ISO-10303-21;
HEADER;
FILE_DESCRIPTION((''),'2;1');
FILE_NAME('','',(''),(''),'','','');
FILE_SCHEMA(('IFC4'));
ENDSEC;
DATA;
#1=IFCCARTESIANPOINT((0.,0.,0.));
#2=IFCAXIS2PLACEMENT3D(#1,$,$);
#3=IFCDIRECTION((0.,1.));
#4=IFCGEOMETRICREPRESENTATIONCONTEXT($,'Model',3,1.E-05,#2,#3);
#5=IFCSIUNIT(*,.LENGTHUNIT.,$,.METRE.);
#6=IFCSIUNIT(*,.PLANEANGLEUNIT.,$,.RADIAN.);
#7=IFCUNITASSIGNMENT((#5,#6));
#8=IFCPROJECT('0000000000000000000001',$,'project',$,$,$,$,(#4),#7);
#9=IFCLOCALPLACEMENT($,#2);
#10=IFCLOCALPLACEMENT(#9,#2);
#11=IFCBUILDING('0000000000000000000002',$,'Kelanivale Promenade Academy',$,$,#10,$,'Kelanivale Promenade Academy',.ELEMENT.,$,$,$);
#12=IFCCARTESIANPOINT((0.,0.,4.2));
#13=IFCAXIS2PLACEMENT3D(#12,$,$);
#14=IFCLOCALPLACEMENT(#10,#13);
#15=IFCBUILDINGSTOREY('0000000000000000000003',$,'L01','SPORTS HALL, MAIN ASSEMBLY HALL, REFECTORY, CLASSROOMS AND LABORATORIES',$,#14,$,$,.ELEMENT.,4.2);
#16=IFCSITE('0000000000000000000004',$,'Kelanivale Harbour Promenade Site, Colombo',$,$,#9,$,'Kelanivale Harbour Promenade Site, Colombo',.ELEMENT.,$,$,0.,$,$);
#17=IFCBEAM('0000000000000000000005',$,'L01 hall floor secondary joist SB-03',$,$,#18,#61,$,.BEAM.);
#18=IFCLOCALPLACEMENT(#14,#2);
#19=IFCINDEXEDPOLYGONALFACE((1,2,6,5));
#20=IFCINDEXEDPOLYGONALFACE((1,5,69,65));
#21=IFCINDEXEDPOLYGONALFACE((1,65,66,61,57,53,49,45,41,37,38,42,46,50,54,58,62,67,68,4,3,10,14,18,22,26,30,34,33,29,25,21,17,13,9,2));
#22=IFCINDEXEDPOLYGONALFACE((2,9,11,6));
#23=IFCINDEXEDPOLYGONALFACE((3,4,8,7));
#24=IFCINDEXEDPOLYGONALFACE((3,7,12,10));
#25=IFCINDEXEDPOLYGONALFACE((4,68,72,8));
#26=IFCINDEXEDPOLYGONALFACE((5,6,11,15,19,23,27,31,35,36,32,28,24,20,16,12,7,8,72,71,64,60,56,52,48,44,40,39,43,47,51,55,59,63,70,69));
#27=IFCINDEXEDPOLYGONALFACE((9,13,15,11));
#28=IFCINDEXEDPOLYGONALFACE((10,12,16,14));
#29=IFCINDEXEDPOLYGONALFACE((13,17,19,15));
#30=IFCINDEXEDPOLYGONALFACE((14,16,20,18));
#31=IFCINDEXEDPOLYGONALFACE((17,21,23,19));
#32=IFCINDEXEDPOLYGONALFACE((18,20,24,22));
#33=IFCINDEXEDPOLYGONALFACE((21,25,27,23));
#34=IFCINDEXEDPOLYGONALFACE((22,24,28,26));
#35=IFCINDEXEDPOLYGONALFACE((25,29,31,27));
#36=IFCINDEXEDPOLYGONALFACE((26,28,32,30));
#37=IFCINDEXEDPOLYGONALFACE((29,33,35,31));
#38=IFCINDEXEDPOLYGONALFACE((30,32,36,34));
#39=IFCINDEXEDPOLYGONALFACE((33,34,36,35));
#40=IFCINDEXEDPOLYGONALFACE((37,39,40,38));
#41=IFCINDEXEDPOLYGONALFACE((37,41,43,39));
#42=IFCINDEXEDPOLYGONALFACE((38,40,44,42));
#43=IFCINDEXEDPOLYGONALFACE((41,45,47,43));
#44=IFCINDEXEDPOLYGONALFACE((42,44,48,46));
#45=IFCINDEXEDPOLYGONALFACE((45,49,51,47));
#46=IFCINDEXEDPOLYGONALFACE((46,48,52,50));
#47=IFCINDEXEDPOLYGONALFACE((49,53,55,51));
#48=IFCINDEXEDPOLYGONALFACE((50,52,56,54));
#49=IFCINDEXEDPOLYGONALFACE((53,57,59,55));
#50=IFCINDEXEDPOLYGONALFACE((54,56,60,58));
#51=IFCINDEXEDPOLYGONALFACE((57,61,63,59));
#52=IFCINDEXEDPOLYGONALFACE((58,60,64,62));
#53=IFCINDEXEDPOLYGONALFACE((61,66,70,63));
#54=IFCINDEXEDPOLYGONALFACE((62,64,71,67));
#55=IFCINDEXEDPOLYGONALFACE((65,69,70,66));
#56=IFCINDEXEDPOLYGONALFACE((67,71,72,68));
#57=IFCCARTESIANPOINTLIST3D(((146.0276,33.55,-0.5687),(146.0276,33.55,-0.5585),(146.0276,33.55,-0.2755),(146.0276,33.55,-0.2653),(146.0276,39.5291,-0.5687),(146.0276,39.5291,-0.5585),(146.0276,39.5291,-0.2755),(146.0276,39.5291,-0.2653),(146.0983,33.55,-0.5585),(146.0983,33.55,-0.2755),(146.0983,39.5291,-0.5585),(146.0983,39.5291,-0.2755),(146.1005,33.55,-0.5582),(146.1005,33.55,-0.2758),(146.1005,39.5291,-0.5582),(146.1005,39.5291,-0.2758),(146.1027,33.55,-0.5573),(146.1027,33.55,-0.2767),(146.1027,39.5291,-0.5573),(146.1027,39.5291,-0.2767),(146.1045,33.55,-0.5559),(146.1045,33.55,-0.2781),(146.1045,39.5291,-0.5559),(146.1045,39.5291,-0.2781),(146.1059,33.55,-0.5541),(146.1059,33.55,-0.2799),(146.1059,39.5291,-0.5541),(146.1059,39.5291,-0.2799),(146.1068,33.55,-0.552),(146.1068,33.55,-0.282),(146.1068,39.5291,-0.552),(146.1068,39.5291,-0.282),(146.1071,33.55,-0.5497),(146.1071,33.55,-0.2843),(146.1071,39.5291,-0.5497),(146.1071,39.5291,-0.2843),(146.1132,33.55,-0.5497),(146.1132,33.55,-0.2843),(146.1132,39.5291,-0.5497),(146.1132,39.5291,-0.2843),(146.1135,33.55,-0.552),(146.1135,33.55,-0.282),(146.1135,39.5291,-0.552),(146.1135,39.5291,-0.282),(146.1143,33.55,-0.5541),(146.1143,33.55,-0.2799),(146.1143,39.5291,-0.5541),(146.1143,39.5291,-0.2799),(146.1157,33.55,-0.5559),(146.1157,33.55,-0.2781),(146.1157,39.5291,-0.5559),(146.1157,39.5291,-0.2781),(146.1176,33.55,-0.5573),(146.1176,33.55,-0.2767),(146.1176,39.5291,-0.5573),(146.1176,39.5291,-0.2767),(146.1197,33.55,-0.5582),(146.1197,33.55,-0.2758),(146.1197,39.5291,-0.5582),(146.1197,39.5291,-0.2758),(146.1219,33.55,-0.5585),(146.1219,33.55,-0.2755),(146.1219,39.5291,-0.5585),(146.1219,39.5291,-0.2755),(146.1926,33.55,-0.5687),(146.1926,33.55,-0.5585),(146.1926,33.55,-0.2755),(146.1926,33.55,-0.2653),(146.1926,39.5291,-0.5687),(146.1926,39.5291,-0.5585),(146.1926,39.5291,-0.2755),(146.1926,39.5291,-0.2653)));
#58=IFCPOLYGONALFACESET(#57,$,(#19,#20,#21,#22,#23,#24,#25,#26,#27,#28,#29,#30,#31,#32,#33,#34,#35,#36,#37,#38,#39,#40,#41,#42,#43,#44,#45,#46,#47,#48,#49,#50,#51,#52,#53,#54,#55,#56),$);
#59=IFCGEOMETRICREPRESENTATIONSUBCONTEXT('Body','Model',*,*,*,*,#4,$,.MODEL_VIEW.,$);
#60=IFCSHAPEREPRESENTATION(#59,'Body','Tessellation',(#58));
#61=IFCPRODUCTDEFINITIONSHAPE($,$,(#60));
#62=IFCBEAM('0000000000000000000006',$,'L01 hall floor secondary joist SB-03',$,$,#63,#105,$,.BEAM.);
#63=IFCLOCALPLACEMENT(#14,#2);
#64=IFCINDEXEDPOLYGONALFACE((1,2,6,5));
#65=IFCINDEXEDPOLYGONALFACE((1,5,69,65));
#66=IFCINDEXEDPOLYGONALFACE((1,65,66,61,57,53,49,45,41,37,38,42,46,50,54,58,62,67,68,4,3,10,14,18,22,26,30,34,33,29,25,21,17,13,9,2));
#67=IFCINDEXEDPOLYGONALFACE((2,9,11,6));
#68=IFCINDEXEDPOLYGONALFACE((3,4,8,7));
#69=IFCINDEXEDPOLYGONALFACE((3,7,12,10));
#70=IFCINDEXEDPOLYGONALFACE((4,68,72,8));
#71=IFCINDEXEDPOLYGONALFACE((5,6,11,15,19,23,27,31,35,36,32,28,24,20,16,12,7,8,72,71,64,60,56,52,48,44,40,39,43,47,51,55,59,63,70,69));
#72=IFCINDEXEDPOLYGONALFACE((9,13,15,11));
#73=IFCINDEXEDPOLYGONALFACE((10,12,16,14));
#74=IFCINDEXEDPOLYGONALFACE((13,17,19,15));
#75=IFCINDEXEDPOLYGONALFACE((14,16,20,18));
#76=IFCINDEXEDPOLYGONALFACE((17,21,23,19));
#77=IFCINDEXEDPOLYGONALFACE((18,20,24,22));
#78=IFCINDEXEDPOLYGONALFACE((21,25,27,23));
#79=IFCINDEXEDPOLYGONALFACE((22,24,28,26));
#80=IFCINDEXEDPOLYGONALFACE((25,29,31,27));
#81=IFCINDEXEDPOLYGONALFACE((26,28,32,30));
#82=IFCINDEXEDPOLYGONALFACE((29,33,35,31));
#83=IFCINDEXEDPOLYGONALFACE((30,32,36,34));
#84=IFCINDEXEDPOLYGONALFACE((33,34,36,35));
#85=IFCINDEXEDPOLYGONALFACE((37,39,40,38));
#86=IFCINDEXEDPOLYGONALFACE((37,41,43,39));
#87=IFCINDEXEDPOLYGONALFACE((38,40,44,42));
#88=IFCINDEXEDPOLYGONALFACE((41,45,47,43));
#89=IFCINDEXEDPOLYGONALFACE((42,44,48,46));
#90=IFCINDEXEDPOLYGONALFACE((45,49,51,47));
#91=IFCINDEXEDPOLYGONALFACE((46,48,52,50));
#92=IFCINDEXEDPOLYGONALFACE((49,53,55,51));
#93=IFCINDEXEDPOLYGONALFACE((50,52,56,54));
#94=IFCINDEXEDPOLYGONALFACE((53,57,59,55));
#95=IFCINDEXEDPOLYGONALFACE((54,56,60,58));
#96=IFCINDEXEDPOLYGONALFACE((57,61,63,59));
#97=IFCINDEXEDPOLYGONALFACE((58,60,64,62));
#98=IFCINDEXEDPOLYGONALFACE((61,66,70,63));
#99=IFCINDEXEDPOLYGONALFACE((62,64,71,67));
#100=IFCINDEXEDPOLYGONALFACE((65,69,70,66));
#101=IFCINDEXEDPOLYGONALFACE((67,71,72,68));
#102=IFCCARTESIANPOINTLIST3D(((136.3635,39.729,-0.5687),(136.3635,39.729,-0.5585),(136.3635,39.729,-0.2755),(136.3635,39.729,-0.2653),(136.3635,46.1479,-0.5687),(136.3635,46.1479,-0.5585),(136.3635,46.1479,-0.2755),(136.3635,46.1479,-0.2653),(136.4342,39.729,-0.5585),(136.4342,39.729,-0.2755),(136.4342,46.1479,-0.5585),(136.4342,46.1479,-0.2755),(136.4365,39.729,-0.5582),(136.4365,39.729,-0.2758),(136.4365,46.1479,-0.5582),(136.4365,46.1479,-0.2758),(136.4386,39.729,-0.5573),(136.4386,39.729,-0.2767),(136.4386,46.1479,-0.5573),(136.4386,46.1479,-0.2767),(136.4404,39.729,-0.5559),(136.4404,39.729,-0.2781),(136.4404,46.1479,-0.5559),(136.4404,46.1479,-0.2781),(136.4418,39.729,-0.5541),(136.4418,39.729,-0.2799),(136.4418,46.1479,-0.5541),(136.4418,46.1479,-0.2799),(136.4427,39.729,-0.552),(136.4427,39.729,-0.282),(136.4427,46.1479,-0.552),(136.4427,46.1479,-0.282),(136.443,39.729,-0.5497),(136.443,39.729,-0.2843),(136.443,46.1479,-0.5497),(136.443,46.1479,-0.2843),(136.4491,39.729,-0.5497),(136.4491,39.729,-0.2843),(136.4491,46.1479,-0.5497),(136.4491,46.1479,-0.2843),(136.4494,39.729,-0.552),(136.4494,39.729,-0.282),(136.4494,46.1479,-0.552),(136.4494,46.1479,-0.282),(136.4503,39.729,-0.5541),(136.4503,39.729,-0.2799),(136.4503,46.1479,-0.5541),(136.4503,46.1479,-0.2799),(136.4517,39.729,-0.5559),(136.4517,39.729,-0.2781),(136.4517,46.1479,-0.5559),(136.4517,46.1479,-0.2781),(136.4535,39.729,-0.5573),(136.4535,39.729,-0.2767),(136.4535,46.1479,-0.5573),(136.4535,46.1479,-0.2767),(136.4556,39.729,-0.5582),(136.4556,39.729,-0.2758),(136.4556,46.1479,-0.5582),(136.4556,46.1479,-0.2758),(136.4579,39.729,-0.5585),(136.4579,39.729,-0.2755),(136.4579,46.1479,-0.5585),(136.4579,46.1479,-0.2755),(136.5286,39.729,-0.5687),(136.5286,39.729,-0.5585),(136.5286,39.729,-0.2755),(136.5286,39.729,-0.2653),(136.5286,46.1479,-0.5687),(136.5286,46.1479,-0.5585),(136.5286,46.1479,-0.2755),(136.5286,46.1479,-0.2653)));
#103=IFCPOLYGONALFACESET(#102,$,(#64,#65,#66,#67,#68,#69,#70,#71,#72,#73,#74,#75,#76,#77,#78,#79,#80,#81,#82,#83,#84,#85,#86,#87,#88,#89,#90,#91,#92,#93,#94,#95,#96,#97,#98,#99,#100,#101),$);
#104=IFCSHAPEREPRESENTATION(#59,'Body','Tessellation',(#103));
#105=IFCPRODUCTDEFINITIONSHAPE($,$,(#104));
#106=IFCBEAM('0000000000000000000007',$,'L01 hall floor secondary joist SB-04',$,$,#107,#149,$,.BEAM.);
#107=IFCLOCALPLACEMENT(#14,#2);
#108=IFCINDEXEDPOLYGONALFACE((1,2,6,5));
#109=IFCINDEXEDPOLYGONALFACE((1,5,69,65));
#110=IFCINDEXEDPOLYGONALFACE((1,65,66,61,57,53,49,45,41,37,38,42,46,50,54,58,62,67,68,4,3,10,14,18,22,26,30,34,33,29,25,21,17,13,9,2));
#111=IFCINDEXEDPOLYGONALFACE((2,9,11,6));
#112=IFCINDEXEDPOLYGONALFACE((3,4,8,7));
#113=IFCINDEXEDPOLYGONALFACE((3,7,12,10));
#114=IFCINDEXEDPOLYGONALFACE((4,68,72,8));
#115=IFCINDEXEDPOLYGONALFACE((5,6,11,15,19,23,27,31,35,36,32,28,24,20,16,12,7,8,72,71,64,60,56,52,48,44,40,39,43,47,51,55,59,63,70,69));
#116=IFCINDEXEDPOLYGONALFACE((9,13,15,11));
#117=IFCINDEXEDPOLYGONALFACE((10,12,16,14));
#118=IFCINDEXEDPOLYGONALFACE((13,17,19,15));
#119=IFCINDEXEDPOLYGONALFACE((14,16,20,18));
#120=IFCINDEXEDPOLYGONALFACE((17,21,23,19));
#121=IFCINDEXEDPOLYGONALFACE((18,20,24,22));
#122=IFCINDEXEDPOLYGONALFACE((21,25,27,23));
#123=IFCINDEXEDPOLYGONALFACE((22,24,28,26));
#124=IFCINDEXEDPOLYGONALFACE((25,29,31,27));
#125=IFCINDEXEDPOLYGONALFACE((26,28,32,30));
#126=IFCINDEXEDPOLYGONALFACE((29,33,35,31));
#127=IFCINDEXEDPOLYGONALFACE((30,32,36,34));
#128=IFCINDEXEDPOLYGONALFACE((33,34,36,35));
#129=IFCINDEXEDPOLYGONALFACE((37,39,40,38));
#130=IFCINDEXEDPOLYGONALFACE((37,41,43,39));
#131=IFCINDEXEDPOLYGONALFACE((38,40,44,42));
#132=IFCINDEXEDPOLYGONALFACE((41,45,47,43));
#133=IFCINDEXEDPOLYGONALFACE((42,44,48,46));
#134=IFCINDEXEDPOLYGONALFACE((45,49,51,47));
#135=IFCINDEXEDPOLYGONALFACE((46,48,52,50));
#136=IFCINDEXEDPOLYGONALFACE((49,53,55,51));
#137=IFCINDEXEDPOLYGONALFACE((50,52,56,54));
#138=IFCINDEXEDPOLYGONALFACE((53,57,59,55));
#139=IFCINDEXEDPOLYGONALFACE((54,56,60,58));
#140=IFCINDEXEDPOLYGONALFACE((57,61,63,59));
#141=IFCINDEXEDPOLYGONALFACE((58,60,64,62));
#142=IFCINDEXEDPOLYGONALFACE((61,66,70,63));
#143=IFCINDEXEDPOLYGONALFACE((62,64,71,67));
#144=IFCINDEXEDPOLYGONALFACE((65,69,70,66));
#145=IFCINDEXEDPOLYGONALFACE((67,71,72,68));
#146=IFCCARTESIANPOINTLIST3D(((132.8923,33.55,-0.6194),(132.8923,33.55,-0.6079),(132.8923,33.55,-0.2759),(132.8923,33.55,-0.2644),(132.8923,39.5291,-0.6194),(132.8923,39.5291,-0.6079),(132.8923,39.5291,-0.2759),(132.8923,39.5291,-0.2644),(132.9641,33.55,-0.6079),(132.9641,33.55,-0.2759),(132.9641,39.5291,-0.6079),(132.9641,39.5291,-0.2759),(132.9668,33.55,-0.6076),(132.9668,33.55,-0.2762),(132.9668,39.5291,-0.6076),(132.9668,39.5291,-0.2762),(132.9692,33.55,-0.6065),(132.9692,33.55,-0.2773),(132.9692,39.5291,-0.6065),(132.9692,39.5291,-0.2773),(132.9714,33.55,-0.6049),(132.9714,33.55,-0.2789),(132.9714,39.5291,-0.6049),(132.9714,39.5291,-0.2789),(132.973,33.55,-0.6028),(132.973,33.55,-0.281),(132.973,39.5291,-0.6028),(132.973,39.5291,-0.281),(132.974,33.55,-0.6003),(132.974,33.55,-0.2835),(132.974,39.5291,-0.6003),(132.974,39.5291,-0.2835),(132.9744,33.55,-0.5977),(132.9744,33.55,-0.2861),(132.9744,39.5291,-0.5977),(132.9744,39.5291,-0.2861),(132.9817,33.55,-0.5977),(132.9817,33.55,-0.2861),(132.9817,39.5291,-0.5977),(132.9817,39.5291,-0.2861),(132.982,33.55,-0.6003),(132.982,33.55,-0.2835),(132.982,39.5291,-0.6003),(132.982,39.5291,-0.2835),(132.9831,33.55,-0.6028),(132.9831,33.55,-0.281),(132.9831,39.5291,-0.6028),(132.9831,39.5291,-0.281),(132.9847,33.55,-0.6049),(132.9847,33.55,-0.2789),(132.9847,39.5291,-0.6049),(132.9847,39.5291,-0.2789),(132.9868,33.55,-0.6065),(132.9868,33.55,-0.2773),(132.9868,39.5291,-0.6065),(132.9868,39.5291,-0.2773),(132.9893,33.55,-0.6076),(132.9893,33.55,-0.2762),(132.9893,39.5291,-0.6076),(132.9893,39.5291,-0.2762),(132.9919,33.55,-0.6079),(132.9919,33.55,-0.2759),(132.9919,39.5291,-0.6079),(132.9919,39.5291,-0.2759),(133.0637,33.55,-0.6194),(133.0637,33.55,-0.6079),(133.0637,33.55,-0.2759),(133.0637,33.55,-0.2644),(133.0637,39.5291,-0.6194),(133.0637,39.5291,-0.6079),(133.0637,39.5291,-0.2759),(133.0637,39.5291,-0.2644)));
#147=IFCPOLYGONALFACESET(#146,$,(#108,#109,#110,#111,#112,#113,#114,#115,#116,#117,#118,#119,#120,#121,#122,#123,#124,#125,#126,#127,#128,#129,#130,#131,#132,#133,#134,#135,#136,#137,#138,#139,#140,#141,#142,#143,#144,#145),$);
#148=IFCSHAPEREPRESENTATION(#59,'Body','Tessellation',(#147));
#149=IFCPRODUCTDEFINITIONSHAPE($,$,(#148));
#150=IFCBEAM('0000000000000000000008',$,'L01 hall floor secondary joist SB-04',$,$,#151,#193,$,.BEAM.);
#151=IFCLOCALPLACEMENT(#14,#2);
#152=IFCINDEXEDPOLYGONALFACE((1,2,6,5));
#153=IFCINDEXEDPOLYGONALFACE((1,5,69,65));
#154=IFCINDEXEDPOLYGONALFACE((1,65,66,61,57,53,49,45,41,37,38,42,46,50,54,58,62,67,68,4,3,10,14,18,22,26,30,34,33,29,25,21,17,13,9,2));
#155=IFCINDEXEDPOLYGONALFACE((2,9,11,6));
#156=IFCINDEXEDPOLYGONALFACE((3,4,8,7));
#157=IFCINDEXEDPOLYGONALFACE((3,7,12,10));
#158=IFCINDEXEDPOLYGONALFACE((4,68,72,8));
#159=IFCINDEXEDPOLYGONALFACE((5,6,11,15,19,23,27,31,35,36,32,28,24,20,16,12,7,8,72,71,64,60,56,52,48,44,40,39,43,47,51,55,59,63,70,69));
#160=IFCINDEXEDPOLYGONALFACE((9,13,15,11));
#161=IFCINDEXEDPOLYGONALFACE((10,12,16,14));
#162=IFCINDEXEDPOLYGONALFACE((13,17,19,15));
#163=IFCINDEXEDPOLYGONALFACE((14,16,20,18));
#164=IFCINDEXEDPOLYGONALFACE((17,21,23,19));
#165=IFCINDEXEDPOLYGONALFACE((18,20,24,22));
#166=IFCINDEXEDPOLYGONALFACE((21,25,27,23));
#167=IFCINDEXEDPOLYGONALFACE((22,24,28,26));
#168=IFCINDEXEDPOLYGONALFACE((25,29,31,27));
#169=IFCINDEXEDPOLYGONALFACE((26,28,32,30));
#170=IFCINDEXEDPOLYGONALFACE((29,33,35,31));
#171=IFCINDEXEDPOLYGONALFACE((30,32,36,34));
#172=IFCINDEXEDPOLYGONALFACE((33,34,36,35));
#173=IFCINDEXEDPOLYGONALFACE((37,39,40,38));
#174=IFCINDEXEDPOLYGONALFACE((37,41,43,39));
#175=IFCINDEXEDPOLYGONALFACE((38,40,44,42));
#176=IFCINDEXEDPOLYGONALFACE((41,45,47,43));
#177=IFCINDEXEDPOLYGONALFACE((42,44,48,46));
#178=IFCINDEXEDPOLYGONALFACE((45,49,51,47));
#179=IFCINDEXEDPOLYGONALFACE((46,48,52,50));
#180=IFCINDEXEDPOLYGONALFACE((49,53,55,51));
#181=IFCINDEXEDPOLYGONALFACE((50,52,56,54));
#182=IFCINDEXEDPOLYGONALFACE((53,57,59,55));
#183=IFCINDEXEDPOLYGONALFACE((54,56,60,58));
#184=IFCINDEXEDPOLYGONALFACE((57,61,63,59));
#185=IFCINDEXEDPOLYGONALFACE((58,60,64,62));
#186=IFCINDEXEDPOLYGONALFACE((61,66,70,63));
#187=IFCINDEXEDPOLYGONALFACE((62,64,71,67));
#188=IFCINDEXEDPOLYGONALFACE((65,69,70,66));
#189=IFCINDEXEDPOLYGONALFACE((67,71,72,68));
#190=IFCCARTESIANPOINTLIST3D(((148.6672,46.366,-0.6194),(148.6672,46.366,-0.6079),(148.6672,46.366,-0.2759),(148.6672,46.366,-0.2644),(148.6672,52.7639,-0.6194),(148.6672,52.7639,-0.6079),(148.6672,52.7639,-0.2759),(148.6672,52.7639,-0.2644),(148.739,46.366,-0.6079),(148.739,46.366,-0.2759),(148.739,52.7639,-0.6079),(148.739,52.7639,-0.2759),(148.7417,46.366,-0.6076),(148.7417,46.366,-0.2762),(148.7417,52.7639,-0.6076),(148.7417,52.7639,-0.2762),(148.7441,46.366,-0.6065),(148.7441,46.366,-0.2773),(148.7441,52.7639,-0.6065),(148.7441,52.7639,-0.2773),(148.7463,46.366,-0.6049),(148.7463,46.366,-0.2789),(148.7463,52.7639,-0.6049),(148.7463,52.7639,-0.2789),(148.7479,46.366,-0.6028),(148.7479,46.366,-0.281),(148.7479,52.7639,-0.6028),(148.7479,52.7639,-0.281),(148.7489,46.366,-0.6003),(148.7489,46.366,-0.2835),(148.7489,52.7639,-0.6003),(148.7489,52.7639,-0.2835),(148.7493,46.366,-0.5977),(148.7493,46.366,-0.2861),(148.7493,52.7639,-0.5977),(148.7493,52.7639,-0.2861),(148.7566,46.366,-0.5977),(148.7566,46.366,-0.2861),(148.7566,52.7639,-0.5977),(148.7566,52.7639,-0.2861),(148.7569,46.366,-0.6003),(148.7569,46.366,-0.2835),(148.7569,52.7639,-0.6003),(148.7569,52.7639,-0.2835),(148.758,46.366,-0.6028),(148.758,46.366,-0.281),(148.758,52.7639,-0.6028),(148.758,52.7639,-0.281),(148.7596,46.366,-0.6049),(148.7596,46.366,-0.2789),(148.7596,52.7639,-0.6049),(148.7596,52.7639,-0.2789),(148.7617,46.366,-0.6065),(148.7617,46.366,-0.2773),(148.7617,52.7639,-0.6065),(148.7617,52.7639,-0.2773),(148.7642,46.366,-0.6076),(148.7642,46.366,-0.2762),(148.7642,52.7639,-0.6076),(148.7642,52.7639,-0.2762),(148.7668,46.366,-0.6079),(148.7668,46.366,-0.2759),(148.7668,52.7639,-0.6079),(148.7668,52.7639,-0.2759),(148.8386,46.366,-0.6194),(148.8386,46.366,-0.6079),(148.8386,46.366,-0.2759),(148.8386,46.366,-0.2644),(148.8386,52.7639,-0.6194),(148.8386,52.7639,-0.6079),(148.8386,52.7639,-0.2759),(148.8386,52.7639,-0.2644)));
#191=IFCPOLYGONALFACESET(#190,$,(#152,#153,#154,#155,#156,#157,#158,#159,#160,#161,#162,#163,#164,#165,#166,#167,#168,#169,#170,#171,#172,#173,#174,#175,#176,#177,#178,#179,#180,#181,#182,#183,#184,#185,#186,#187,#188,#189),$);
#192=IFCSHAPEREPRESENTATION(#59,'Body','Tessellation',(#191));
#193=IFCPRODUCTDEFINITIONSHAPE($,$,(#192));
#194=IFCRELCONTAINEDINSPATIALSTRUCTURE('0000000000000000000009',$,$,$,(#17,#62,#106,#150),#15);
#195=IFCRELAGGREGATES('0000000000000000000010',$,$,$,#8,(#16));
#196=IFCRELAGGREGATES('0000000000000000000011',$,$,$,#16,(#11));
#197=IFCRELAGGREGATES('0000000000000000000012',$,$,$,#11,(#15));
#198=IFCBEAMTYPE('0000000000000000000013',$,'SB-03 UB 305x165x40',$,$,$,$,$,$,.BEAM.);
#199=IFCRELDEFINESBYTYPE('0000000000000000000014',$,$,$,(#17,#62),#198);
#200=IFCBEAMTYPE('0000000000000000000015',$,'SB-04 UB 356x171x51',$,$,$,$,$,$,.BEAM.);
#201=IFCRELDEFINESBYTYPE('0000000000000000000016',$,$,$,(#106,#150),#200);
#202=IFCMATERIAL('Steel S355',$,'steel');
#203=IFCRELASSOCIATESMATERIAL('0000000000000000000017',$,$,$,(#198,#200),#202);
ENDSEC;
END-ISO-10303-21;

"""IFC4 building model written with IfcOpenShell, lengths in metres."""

from ifc_helpers import new_model, si_unit, direction, frame, origin, origin_2d, place, context, subcontext, project, spatial, i_section, extrude, material, material_profile, profile_set, type_object, element, save


model = new_model("IFC4")

# Units and contexts
model_context = context("Model", 3, precision=1e-05, world=origin(), true_north=direction((0.0, 1.0)))
body_context = subcontext(model_context, "Body", "Model", "MODEL_VIEW")
ifc_project = project(units=[si_unit("LENGTHUNIT", "METRE"), si_unit("PLANEANGLEUNIT", "RADIAN")], contexts=[model_context])

# Site, building, storey
site_placement = place(None, origin())
site = spatial("IfcSite", under=ifc_project, at=site_placement, Name="Kelanivale Harbour Promenade Site, Colombo", LongName="Kelanivale Harbour Promenade Site, Colombo", CompositionType="ELEMENT", RefElevation=0.0)
building_placement = place(site_placement, origin())
building = spatial("IfcBuilding", under=site, at=building_placement, Name="Kelanivale Promenade Academy", LongName="Kelanivale Promenade Academy", CompositionType="ELEMENT")
storey_placement = place(building_placement, frame((0.0, 0.0, 4.2)))
storey = spatial("IfcBuildingStorey", under=building, at=storey_placement, Name="L01", Description="SPORTS HALL, MAIN ASSEMBLY HALL, REFECTORY, CLASSROOMS AND LABORATORIES", CompositionType="ELEMENT", Elevation=4.2)

# Shared definitions
ifc_material_1 = material(Name="Steel S355", Category="steel")

# Beams
ifc_material_profile_1 = material_profile(ifc_material_1, i_section(OverallWidth=0.165, OverallDepth=0.3035, WebThickness=0.0061, FlangeThickness=0.0103, FilletRadius=0.0088, at=origin_2d()), Name="UB 305x165x40")
ifc_profile_set_1 = profile_set([ifc_material_profile_1], Name="Steel S355")
beam_type_1 = type_object("IfcBeamType", Name="SB-03 UB 305x165x40", PredefinedType="BEAM", material=ifc_profile_set_1)
beam_1_placement = place(storey_placement, frame((146.1101, 33.55, -0.417), z_axis=(0.0, 1.0, 0.0), x_axis=(-1.0, 0.0, 0.0)))
element("IfcBeam", 1, at=beam_1_placement, inside=storey, type_object=beam_type_1, Name="L01 hall floor secondary joist SB-03", PredefinedType="BEAM", context=body_context, shape_type="SweptSolid", body=[
    extrude(i_section(OverallWidth=0.165, OverallDepth=0.3035, WebThickness=0.0061, FlangeThickness=0.0103, FilletRadius=0.0088, at=origin_2d()), origin(), (0.0, 0.0, 1.0), 5.979),
])
beam_2_placement = place(storey_placement, frame((136.446, 39.729, -0.417), z_axis=(0.0, 1.0, 0.0), x_axis=(-1.0, 0.0, 0.0)))
element("IfcBeam", 2, at=beam_2_placement, inside=storey, type_object=beam_type_1, Name="L01 hall floor secondary joist SB-03", PredefinedType="BEAM", context=body_context, shape_type="SweptSolid", body=[
    extrude(i_section(OverallWidth=0.165, OverallDepth=0.3035, WebThickness=0.0061, FlangeThickness=0.0103, FilletRadius=0.0088, at=origin_2d()), origin(), (0.0, 0.0, 1.0), 6.4189),
])
ifc_material_profile_2 = material_profile(ifc_material_1, i_section(OverallWidth=0.1714, OverallDepth=0.355, WebThickness=0.0073, FlangeThickness=0.0115, FilletRadius=0.0103, at=origin_2d()), Name="UB 356x171x51")
ifc_profile_set_2 = profile_set([ifc_material_profile_2], Name="Steel S355")
beam_type_2 = type_object("IfcBeamType", Name="SB-04 UB 356x171x51", PredefinedType="BEAM", material=ifc_profile_set_2)
beam_3_placement = place(storey_placement, frame((132.978, 33.55, -0.4419), z_axis=(0.0, 1.0, 0.0), x_axis=(-1.0, 0.0, 0.0)))
element("IfcBeam", 3, at=beam_3_placement, inside=storey, type_object=beam_type_2, Name="L01 hall floor secondary joist SB-04", PredefinedType="BEAM", context=body_context, shape_type="SweptSolid", body=[
    extrude(i_section(OverallWidth=0.1714, OverallDepth=0.355, WebThickness=0.0073, FlangeThickness=0.0115, FilletRadius=0.0103, at=origin_2d()), origin(), (0.0, 0.0, 1.0), 5.979),
])
beam_4_placement = place(storey_placement, frame((148.7529, 46.366, -0.4419), z_axis=(0.0, 1.0, 0.0), x_axis=(-1.0, 0.0, 0.0)))
element("IfcBeam", 4, at=beam_4_placement, inside=storey, type_object=beam_type_2, Name="L01 hall floor secondary joist SB-04", PredefinedType="BEAM", context=body_context, shape_type="SweptSolid", body=[
    extrude(i_section(OverallWidth=0.1714, OverallDepth=0.355, WebThickness=0.0073, FlangeThickness=0.0115, FilletRadius=0.0103, at=origin_2d()), origin(), (0.0, 0.0, 1.0), 6.3979),
])

save(model, "model.ifc")
